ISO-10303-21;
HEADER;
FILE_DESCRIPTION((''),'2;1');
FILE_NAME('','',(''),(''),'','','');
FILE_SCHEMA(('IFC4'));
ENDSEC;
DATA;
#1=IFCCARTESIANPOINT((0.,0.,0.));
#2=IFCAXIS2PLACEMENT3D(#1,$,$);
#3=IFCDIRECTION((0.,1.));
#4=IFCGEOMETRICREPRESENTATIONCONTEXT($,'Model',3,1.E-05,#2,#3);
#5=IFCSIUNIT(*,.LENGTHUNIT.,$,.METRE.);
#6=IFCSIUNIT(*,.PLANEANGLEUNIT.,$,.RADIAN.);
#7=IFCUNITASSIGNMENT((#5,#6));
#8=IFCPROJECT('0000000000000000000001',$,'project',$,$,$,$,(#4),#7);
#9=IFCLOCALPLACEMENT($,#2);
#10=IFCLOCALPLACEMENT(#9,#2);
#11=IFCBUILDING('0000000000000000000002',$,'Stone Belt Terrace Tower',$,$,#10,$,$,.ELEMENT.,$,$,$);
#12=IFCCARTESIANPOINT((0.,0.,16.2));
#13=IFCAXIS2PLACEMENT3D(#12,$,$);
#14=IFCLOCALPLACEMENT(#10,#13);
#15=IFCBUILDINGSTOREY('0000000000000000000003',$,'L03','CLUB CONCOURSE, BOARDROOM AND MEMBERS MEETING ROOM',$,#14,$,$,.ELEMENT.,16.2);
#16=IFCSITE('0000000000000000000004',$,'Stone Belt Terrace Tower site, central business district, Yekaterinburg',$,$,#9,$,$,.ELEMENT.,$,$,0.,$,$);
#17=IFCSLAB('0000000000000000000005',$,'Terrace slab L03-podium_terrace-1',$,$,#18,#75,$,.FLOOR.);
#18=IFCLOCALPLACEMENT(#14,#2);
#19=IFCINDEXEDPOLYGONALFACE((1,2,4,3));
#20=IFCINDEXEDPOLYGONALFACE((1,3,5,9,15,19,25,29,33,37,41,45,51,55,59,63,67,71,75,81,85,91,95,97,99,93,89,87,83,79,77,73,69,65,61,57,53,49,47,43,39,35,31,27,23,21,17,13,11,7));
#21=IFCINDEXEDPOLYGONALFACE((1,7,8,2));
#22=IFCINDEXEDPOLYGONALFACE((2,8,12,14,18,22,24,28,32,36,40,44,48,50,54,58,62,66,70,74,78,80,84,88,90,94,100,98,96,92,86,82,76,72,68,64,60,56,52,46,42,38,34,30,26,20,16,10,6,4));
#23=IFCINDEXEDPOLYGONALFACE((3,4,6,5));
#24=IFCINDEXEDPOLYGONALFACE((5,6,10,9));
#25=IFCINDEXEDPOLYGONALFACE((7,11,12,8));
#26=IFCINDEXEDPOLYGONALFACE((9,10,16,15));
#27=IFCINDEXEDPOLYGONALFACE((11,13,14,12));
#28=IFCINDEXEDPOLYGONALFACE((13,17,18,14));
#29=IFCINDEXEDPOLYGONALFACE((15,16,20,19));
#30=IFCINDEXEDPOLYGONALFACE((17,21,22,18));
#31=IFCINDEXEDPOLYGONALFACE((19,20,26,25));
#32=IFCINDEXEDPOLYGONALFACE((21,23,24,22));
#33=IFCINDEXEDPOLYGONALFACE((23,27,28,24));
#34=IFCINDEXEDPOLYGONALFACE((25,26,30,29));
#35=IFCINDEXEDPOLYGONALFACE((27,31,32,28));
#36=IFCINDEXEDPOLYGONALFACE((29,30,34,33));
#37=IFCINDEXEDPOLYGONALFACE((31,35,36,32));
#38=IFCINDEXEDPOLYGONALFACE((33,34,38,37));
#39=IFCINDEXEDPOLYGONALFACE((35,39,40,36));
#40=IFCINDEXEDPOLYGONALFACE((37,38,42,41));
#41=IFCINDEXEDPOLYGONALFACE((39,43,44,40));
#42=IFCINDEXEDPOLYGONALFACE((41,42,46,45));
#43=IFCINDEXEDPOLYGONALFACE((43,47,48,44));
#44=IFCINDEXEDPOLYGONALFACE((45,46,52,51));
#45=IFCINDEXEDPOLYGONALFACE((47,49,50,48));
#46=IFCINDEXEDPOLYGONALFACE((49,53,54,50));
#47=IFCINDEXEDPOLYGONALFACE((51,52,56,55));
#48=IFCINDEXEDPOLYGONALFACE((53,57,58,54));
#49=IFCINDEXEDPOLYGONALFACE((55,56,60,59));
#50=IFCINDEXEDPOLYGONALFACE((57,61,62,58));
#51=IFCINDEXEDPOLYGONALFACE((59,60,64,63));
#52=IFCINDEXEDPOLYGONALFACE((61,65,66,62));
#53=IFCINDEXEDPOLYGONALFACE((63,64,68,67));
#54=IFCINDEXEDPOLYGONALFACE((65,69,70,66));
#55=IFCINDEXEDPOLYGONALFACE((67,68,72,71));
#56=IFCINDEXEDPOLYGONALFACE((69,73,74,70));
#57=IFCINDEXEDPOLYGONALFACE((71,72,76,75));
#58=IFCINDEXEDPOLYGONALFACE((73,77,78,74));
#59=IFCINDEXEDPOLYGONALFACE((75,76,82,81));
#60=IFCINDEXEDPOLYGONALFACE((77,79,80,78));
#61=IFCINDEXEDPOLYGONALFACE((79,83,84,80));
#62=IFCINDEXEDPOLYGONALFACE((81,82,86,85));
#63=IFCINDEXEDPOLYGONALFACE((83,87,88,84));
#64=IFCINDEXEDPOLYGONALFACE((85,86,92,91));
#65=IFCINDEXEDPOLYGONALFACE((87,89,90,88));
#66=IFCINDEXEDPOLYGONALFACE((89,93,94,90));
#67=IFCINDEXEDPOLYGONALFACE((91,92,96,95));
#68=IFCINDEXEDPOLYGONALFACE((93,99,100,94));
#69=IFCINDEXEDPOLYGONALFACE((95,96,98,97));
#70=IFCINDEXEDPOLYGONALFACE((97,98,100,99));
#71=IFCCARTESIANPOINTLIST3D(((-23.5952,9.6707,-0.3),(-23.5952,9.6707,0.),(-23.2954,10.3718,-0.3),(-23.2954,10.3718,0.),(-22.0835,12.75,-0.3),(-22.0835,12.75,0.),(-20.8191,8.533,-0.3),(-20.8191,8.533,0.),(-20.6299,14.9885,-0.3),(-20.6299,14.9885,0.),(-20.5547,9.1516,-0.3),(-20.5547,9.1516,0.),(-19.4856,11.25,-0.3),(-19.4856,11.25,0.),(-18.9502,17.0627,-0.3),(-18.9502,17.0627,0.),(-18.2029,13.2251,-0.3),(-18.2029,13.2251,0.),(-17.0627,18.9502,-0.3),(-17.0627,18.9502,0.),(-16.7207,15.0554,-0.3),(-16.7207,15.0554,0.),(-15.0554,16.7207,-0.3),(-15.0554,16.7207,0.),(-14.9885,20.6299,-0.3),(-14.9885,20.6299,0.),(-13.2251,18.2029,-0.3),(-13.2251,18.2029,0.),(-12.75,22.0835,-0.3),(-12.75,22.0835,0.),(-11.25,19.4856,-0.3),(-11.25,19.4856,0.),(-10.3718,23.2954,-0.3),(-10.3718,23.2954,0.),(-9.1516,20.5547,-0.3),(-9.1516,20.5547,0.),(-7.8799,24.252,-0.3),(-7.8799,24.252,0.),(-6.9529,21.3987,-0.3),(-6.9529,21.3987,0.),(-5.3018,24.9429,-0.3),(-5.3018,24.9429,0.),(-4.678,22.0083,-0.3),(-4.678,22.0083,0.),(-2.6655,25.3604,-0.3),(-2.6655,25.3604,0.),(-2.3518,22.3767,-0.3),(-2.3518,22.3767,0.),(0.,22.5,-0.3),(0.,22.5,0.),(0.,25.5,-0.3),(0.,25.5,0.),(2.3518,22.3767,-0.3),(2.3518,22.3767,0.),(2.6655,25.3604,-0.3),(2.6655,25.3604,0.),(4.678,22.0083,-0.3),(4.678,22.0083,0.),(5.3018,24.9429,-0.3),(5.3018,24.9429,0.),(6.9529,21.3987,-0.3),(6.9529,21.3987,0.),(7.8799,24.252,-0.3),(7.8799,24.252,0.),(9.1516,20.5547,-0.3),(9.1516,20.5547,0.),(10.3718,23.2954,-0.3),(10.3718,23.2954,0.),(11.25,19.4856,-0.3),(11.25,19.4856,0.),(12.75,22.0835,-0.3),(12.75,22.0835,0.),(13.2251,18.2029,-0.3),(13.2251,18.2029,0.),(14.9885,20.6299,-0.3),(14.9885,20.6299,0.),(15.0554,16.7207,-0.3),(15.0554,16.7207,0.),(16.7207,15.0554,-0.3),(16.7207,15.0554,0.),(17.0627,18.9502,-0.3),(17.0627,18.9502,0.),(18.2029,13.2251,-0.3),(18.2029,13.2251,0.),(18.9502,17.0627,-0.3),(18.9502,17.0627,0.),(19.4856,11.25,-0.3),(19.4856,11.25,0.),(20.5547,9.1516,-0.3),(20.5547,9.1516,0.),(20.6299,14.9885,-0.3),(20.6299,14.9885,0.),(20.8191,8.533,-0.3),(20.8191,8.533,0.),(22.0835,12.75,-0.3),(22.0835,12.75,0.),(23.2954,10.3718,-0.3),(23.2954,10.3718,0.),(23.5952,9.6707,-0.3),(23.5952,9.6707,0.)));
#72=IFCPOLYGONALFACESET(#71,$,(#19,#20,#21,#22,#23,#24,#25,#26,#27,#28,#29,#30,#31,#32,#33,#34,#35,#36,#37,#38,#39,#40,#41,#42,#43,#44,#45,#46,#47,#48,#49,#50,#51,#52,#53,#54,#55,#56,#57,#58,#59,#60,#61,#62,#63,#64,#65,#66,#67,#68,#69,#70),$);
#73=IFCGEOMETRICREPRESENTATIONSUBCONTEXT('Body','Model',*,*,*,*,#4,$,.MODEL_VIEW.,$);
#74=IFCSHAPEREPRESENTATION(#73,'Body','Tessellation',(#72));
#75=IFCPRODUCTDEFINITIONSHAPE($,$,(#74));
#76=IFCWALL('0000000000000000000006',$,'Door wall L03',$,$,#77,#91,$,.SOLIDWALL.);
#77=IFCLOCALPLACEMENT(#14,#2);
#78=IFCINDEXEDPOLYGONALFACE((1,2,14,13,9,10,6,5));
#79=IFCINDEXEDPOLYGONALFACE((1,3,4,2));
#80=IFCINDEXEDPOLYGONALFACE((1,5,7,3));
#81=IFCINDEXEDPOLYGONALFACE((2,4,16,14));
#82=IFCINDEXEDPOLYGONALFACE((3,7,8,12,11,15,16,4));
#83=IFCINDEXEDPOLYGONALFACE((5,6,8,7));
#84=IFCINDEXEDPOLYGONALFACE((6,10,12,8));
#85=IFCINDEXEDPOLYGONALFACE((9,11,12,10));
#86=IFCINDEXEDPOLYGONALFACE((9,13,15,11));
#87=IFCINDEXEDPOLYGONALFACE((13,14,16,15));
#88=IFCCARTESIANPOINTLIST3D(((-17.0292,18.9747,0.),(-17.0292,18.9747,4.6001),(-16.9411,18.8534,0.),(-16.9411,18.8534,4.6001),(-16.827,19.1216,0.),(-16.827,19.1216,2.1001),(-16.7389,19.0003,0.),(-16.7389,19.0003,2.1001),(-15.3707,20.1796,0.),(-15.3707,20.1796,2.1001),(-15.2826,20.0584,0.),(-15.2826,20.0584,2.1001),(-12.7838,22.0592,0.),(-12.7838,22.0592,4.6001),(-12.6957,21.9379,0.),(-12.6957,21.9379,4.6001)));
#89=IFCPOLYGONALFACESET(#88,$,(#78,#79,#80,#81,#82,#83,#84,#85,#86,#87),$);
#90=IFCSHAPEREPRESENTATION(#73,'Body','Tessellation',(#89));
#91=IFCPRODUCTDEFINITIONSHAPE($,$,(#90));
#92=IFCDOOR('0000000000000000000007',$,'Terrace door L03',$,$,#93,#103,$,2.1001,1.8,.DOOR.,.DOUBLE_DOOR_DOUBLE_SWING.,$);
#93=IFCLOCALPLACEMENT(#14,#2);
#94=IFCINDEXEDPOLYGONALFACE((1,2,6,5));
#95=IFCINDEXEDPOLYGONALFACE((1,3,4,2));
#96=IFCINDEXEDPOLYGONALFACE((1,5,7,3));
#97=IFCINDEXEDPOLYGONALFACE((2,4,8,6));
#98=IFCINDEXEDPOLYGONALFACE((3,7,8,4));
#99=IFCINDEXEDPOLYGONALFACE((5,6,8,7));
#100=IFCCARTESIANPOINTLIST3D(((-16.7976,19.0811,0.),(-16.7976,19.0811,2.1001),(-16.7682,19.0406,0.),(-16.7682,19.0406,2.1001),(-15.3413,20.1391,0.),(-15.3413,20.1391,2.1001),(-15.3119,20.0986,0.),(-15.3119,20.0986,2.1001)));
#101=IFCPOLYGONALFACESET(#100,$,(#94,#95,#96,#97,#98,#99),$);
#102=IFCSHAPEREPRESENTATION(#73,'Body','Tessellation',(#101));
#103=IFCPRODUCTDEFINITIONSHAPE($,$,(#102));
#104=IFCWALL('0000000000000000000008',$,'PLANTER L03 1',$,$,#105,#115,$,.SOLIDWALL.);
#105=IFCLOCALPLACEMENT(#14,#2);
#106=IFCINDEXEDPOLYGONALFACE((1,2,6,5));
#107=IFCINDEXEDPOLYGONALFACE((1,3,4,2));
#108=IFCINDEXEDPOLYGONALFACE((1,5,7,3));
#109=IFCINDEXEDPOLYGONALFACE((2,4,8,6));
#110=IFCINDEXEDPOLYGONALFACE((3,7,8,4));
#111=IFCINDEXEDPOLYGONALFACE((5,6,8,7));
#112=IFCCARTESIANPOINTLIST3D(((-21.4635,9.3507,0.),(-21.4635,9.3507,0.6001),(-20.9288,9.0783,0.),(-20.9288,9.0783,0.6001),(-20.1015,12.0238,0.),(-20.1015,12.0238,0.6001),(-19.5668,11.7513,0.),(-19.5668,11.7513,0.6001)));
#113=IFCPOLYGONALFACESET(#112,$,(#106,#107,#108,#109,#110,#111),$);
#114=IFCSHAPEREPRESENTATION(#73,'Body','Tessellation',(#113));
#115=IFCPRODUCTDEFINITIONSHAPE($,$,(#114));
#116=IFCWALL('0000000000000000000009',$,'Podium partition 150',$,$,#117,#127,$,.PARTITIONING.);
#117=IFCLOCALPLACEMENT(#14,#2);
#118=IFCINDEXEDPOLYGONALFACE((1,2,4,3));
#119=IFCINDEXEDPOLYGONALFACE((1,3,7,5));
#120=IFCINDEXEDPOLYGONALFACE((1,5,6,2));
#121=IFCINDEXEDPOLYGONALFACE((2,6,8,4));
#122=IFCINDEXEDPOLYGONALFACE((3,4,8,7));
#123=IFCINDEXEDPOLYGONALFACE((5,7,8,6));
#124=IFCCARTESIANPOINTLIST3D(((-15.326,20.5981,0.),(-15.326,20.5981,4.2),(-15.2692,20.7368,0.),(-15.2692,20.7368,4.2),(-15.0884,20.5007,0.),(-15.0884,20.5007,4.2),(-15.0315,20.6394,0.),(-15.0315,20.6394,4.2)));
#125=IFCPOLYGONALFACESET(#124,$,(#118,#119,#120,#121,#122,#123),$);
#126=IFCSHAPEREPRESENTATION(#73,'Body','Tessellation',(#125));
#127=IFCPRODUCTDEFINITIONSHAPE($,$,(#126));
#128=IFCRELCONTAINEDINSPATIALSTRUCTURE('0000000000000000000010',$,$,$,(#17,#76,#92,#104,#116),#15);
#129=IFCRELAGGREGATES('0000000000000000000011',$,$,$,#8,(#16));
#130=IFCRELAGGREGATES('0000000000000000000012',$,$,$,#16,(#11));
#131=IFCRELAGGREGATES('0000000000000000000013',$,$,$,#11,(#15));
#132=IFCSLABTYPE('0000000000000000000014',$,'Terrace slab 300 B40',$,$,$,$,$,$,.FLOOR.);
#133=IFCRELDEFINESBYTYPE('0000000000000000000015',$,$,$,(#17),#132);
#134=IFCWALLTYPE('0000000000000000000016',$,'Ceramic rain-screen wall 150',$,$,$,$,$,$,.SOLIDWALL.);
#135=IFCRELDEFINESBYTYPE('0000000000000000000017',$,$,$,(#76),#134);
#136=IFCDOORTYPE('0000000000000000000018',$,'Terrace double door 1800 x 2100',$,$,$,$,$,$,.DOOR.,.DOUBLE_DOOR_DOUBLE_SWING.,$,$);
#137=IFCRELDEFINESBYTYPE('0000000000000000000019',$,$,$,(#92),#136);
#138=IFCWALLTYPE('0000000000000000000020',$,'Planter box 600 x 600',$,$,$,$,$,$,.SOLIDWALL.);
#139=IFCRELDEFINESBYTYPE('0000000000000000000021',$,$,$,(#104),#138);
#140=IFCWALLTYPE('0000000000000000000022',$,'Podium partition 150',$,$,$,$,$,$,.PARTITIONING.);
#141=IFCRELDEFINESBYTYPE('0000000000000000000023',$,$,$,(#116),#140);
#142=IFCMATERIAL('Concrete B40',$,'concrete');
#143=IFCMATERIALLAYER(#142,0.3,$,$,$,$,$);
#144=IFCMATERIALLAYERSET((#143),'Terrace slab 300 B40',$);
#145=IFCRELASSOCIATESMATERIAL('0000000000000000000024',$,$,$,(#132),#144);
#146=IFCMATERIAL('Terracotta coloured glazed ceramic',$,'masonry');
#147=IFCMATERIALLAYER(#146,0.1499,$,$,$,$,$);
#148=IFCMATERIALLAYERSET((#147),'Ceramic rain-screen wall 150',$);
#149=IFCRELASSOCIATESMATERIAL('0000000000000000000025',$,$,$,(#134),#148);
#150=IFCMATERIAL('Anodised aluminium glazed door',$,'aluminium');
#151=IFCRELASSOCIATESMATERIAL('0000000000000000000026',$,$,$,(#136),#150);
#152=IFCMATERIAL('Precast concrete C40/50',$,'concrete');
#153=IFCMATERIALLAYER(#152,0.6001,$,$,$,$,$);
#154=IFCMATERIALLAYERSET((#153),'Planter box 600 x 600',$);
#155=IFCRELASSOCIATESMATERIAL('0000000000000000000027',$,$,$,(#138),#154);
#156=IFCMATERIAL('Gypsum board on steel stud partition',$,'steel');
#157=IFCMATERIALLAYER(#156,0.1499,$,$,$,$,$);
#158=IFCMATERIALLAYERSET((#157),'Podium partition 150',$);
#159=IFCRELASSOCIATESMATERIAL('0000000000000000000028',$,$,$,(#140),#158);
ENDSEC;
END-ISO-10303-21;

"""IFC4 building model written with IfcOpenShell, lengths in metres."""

from ifc_helpers import new_model, si_unit, direction, frame, frame_2d, origin, origin_2d, place, context, subcontext, project, spatial, polyline, rectangle, outline, extrude, material, layer, layer_set, type_object, element, fill, save


model = new_model("IFC4")

# Units and contexts
model_context = context("Model", 3, precision=1e-05, world=origin(), true_north=direction((0.0, 1.0)))
body_context = subcontext(model_context, "Body", "Model", "MODEL_VIEW")
ifc_project = project(units=[si_unit("LENGTHUNIT", "METRE"), si_unit("PLANEANGLEUNIT", "RADIAN")], contexts=[model_context])

# Site, building, storey
site_placement = place(None, origin())
site = spatial("IfcSite", under=ifc_project, at=site_placement, Name="Stone Belt Terrace Tower site, central business district, Yekaterinburg", CompositionType="ELEMENT", RefElevation=0.0)
building_placement = place(site_placement, origin())
building = spatial("IfcBuilding", under=site, at=building_placement, Name="Stone Belt Terrace Tower", CompositionType="ELEMENT")
storey_placement = place(building_placement, frame((0.0, 0.0, 16.2)))
storey = spatial("IfcBuildingStorey", under=building, at=storey_placement, Name="L03", Description="CLUB CONCOURSE, BOARDROOM AND MEMBERS MEETING ROOM", CompositionType="ELEMENT", Elevation=16.2)

# Shared definitions
ifc_material_1 = material(Name="Concrete B40", Category="concrete")

# Slab
ifc_layer_1 = layer(ifc_material_1, 0.3)
ifc_layer_set_1 = layer_set([ifc_layer_1], Name="Terrace slab 300 B40")
slab_type_1 = type_object("IfcSlabType", Name="Terrace slab 300 B40", PredefinedType="FLOOR", material=ifc_layer_set_1)
slab_1_placement = place(storey_placement, frame((0.0, 0.0, -0.3)))
element("IfcSlab", 1, at=slab_1_placement, inside=storey, type_object=slab_type_1, Name="Terrace slab L03-podium_terrace-1", PredefinedType="FLOOR", context=body_context, shape_type="SweptSolid", body=[
    extrude(outline(polyline([(-23.5952, 9.6707), (-20.8191, 8.533), (-20.5547, 9.1516), (-19.4856, 11.25), (-18.2029, 13.2251), (-16.7207, 15.0554), (-15.0554, 16.7207), (-13.2251, 18.2029), (-11.25, 19.4856), (-9.1516, 20.5547), (-6.9529, 21.3987), (-4.678, 22.0083), (-2.3518, 22.3767), (0.0, 22.5), (2.3518, 22.3767), (4.678, 22.0083), (6.9529, 21.3987), (9.1516, 20.5547), (11.25, 19.4856), (13.2251, 18.2029), (15.0554, 16.7207), (16.7207, 15.0554), (18.2029, 13.2251), (19.4856, 11.25), (20.5547, 9.1516), (20.8191, 8.533), (23.5952, 9.6707), (23.2954, 10.3718), (22.0835, 12.75), (20.6299, 14.9885), (18.9502, 17.0627), (17.0627, 18.9502), (14.9885, 20.6299), (12.75, 22.0835), (10.3718, 23.2954), (7.8799, 24.252), (5.3018, 24.9429), (2.6655, 25.3604), (0.0, 25.5), (-2.6655, 25.3604), (-5.3018, 24.9429), (-7.8799, 24.252), (-10.3718, 23.2954), (-12.75, 22.0835), (-14.9885, 20.6299), (-17.0627, 18.9502), (-18.9502, 17.0627), (-20.6299, 14.9885), (-22.0835, 12.75), (-23.2954, 10.3718), (-23.5952, 9.6707)])), origin(), (0.0, 0.0, 1.0), 0.3),
])

# Wall, opening, door
ifc_material_2 = material(Name="Terracotta coloured glazed ceramic", Category="masonry")
ifc_layer_2 = layer(ifc_material_2, 0.1499)
ifc_layer_set_2 = layer_set([ifc_layer_2], Name="Ceramic rain-screen wall 150")
wall_type_1 = type_object("IfcWallType", Name="Ceramic rain-screen wall 150", PredefinedType="SOLIDWALL", material=ifc_layer_set_2)
wall_1_placement = place(storey_placement, frame((-16.9851, 18.9141, 0.0), z_axis=(0.0, 0.0, 1.0), x_axis=(0.809014, 0.58779, 0.0)))
wall_1 = element("IfcWall", 2, at=wall_1_placement, inside=storey, type_object=wall_type_1, Name="Door wall L03", PredefinedType="SOLIDWALL", context=body_context, shape_type="SweptSolid", body=[
    extrude(rectangle(XDim=5.2476, YDim=0.1499, at=frame_2d((2.6238, 0.0))), origin(), (0.0, 0.0, 1.0), 4.6001),
])
opening_placement = place(wall_1_placement, frame((0.25, 0.0, 0.0)))
opening = element("IfcOpeningElement", 3, at=opening_placement, cuts=wall_1, PredefinedType="OPENING", context=body_context, shape_type="SweptSolid", body=[
    extrude(rectangle(XDim=1.8, YDim=2.1001, at=frame_2d((0.8999, 1.05))), frame((0.0, 0.085, 0.0), z_axis=(0.0, -1.0, 0.0), x_axis=(1.0, 0.0, 0.0)), (0.0, 0.0, 1.0), 0.1699),
])
ifc_material_3 = material(Name="Anodised aluminium glazed door", Category="aluminium")
door_type = type_object("IfcDoorType", Name="Terrace double door 1800 x 2100", OperationType="DOUBLE_DOOR_DOUBLE_SWING", PredefinedType="DOOR", material=ifc_material_3)
door_placement = place(opening_placement, origin())
door = element("IfcDoor", 4, at=door_placement, inside=storey, type_object=door_type, Name="Terrace door L03", OperationType="DOUBLE_DOOR_DOUBLE_SWING", OverallHeight=2.1001, OverallWidth=1.8, PredefinedType="DOOR", context=body_context, shape_type="SweptSolid", body=[
    extrude(rectangle(XDim=1.8, YDim=2.1001, at=frame_2d((0.8999, 1.05))), frame((0.0, 0.0249, 0.0), z_axis=(0.0, -1.0, 0.0), x_axis=(1.0, 0.0, 0.0)), (0.0, 0.0, 1.0), 0.05),
])
fill(opening, door)

# Walls
ifc_material_4 = material(Name="Precast concrete C40/50", Category="concrete")
ifc_layer_3 = layer(ifc_material_4, 0.6001)
ifc_layer_set_3 = layer_set([ifc_layer_3], Name="Planter box 600 x 600")
wall_type_2 = type_object("IfcWallType", Name="Planter box 600 x 600", PredefinedType="SOLIDWALL", material=ifc_layer_set_3)
wall_2_placement = place(storey_placement, frame((-20.5151, 10.551, 0.0), z_axis=(0.0, 0.0, 1.0), x_axis=(0.45399, 0.891007, 0.0)))
element("IfcWall", 5, at=wall_2_placement, inside=storey, type_object=wall_type_2, Name="PLANTER L03 1", PredefinedType="SOLIDWALL", context=body_context, shape_type="SweptSolid", body=[
    extrude(rectangle(XDim=3.0, YDim=0.6001, at=origin_2d()), origin(), (0.0, 0.0, 1.0), 0.6001),
])
ifc_material_5 = material(Name="Gypsum board on steel stud partition", Category="steel")
ifc_layer_4 = layer(ifc_material_5, 0.1499)
ifc_layer_set_4 = layer_set([ifc_layer_4], Name="Podium partition 150")
wall_type_3 = type_object("IfcWallType", Name="Podium partition 150", PredefinedType="PARTITIONING", material=ifc_layer_set_4)
wall_3_placement = place(storey_placement, frame((-15.2976, 20.6675, 0.0), z_axis=(0.0, 0.0, 1.0), x_axis=(0.925229, -0.37941, 0.0)))
element("IfcWall", 6, at=wall_3_placement, inside=storey, type_object=wall_type_3, Name="Podium partition 150", PredefinedType="PARTITIONING", context=body_context, shape_type="SweptSolid", body=[
    extrude(rectangle(XDim=0.2568, YDim=0.1499, at=frame_2d((0.1284, 0.0))), origin(), (0.0, 0.0, 1.0), 4.2),
])

save(model, "model.ifc")
